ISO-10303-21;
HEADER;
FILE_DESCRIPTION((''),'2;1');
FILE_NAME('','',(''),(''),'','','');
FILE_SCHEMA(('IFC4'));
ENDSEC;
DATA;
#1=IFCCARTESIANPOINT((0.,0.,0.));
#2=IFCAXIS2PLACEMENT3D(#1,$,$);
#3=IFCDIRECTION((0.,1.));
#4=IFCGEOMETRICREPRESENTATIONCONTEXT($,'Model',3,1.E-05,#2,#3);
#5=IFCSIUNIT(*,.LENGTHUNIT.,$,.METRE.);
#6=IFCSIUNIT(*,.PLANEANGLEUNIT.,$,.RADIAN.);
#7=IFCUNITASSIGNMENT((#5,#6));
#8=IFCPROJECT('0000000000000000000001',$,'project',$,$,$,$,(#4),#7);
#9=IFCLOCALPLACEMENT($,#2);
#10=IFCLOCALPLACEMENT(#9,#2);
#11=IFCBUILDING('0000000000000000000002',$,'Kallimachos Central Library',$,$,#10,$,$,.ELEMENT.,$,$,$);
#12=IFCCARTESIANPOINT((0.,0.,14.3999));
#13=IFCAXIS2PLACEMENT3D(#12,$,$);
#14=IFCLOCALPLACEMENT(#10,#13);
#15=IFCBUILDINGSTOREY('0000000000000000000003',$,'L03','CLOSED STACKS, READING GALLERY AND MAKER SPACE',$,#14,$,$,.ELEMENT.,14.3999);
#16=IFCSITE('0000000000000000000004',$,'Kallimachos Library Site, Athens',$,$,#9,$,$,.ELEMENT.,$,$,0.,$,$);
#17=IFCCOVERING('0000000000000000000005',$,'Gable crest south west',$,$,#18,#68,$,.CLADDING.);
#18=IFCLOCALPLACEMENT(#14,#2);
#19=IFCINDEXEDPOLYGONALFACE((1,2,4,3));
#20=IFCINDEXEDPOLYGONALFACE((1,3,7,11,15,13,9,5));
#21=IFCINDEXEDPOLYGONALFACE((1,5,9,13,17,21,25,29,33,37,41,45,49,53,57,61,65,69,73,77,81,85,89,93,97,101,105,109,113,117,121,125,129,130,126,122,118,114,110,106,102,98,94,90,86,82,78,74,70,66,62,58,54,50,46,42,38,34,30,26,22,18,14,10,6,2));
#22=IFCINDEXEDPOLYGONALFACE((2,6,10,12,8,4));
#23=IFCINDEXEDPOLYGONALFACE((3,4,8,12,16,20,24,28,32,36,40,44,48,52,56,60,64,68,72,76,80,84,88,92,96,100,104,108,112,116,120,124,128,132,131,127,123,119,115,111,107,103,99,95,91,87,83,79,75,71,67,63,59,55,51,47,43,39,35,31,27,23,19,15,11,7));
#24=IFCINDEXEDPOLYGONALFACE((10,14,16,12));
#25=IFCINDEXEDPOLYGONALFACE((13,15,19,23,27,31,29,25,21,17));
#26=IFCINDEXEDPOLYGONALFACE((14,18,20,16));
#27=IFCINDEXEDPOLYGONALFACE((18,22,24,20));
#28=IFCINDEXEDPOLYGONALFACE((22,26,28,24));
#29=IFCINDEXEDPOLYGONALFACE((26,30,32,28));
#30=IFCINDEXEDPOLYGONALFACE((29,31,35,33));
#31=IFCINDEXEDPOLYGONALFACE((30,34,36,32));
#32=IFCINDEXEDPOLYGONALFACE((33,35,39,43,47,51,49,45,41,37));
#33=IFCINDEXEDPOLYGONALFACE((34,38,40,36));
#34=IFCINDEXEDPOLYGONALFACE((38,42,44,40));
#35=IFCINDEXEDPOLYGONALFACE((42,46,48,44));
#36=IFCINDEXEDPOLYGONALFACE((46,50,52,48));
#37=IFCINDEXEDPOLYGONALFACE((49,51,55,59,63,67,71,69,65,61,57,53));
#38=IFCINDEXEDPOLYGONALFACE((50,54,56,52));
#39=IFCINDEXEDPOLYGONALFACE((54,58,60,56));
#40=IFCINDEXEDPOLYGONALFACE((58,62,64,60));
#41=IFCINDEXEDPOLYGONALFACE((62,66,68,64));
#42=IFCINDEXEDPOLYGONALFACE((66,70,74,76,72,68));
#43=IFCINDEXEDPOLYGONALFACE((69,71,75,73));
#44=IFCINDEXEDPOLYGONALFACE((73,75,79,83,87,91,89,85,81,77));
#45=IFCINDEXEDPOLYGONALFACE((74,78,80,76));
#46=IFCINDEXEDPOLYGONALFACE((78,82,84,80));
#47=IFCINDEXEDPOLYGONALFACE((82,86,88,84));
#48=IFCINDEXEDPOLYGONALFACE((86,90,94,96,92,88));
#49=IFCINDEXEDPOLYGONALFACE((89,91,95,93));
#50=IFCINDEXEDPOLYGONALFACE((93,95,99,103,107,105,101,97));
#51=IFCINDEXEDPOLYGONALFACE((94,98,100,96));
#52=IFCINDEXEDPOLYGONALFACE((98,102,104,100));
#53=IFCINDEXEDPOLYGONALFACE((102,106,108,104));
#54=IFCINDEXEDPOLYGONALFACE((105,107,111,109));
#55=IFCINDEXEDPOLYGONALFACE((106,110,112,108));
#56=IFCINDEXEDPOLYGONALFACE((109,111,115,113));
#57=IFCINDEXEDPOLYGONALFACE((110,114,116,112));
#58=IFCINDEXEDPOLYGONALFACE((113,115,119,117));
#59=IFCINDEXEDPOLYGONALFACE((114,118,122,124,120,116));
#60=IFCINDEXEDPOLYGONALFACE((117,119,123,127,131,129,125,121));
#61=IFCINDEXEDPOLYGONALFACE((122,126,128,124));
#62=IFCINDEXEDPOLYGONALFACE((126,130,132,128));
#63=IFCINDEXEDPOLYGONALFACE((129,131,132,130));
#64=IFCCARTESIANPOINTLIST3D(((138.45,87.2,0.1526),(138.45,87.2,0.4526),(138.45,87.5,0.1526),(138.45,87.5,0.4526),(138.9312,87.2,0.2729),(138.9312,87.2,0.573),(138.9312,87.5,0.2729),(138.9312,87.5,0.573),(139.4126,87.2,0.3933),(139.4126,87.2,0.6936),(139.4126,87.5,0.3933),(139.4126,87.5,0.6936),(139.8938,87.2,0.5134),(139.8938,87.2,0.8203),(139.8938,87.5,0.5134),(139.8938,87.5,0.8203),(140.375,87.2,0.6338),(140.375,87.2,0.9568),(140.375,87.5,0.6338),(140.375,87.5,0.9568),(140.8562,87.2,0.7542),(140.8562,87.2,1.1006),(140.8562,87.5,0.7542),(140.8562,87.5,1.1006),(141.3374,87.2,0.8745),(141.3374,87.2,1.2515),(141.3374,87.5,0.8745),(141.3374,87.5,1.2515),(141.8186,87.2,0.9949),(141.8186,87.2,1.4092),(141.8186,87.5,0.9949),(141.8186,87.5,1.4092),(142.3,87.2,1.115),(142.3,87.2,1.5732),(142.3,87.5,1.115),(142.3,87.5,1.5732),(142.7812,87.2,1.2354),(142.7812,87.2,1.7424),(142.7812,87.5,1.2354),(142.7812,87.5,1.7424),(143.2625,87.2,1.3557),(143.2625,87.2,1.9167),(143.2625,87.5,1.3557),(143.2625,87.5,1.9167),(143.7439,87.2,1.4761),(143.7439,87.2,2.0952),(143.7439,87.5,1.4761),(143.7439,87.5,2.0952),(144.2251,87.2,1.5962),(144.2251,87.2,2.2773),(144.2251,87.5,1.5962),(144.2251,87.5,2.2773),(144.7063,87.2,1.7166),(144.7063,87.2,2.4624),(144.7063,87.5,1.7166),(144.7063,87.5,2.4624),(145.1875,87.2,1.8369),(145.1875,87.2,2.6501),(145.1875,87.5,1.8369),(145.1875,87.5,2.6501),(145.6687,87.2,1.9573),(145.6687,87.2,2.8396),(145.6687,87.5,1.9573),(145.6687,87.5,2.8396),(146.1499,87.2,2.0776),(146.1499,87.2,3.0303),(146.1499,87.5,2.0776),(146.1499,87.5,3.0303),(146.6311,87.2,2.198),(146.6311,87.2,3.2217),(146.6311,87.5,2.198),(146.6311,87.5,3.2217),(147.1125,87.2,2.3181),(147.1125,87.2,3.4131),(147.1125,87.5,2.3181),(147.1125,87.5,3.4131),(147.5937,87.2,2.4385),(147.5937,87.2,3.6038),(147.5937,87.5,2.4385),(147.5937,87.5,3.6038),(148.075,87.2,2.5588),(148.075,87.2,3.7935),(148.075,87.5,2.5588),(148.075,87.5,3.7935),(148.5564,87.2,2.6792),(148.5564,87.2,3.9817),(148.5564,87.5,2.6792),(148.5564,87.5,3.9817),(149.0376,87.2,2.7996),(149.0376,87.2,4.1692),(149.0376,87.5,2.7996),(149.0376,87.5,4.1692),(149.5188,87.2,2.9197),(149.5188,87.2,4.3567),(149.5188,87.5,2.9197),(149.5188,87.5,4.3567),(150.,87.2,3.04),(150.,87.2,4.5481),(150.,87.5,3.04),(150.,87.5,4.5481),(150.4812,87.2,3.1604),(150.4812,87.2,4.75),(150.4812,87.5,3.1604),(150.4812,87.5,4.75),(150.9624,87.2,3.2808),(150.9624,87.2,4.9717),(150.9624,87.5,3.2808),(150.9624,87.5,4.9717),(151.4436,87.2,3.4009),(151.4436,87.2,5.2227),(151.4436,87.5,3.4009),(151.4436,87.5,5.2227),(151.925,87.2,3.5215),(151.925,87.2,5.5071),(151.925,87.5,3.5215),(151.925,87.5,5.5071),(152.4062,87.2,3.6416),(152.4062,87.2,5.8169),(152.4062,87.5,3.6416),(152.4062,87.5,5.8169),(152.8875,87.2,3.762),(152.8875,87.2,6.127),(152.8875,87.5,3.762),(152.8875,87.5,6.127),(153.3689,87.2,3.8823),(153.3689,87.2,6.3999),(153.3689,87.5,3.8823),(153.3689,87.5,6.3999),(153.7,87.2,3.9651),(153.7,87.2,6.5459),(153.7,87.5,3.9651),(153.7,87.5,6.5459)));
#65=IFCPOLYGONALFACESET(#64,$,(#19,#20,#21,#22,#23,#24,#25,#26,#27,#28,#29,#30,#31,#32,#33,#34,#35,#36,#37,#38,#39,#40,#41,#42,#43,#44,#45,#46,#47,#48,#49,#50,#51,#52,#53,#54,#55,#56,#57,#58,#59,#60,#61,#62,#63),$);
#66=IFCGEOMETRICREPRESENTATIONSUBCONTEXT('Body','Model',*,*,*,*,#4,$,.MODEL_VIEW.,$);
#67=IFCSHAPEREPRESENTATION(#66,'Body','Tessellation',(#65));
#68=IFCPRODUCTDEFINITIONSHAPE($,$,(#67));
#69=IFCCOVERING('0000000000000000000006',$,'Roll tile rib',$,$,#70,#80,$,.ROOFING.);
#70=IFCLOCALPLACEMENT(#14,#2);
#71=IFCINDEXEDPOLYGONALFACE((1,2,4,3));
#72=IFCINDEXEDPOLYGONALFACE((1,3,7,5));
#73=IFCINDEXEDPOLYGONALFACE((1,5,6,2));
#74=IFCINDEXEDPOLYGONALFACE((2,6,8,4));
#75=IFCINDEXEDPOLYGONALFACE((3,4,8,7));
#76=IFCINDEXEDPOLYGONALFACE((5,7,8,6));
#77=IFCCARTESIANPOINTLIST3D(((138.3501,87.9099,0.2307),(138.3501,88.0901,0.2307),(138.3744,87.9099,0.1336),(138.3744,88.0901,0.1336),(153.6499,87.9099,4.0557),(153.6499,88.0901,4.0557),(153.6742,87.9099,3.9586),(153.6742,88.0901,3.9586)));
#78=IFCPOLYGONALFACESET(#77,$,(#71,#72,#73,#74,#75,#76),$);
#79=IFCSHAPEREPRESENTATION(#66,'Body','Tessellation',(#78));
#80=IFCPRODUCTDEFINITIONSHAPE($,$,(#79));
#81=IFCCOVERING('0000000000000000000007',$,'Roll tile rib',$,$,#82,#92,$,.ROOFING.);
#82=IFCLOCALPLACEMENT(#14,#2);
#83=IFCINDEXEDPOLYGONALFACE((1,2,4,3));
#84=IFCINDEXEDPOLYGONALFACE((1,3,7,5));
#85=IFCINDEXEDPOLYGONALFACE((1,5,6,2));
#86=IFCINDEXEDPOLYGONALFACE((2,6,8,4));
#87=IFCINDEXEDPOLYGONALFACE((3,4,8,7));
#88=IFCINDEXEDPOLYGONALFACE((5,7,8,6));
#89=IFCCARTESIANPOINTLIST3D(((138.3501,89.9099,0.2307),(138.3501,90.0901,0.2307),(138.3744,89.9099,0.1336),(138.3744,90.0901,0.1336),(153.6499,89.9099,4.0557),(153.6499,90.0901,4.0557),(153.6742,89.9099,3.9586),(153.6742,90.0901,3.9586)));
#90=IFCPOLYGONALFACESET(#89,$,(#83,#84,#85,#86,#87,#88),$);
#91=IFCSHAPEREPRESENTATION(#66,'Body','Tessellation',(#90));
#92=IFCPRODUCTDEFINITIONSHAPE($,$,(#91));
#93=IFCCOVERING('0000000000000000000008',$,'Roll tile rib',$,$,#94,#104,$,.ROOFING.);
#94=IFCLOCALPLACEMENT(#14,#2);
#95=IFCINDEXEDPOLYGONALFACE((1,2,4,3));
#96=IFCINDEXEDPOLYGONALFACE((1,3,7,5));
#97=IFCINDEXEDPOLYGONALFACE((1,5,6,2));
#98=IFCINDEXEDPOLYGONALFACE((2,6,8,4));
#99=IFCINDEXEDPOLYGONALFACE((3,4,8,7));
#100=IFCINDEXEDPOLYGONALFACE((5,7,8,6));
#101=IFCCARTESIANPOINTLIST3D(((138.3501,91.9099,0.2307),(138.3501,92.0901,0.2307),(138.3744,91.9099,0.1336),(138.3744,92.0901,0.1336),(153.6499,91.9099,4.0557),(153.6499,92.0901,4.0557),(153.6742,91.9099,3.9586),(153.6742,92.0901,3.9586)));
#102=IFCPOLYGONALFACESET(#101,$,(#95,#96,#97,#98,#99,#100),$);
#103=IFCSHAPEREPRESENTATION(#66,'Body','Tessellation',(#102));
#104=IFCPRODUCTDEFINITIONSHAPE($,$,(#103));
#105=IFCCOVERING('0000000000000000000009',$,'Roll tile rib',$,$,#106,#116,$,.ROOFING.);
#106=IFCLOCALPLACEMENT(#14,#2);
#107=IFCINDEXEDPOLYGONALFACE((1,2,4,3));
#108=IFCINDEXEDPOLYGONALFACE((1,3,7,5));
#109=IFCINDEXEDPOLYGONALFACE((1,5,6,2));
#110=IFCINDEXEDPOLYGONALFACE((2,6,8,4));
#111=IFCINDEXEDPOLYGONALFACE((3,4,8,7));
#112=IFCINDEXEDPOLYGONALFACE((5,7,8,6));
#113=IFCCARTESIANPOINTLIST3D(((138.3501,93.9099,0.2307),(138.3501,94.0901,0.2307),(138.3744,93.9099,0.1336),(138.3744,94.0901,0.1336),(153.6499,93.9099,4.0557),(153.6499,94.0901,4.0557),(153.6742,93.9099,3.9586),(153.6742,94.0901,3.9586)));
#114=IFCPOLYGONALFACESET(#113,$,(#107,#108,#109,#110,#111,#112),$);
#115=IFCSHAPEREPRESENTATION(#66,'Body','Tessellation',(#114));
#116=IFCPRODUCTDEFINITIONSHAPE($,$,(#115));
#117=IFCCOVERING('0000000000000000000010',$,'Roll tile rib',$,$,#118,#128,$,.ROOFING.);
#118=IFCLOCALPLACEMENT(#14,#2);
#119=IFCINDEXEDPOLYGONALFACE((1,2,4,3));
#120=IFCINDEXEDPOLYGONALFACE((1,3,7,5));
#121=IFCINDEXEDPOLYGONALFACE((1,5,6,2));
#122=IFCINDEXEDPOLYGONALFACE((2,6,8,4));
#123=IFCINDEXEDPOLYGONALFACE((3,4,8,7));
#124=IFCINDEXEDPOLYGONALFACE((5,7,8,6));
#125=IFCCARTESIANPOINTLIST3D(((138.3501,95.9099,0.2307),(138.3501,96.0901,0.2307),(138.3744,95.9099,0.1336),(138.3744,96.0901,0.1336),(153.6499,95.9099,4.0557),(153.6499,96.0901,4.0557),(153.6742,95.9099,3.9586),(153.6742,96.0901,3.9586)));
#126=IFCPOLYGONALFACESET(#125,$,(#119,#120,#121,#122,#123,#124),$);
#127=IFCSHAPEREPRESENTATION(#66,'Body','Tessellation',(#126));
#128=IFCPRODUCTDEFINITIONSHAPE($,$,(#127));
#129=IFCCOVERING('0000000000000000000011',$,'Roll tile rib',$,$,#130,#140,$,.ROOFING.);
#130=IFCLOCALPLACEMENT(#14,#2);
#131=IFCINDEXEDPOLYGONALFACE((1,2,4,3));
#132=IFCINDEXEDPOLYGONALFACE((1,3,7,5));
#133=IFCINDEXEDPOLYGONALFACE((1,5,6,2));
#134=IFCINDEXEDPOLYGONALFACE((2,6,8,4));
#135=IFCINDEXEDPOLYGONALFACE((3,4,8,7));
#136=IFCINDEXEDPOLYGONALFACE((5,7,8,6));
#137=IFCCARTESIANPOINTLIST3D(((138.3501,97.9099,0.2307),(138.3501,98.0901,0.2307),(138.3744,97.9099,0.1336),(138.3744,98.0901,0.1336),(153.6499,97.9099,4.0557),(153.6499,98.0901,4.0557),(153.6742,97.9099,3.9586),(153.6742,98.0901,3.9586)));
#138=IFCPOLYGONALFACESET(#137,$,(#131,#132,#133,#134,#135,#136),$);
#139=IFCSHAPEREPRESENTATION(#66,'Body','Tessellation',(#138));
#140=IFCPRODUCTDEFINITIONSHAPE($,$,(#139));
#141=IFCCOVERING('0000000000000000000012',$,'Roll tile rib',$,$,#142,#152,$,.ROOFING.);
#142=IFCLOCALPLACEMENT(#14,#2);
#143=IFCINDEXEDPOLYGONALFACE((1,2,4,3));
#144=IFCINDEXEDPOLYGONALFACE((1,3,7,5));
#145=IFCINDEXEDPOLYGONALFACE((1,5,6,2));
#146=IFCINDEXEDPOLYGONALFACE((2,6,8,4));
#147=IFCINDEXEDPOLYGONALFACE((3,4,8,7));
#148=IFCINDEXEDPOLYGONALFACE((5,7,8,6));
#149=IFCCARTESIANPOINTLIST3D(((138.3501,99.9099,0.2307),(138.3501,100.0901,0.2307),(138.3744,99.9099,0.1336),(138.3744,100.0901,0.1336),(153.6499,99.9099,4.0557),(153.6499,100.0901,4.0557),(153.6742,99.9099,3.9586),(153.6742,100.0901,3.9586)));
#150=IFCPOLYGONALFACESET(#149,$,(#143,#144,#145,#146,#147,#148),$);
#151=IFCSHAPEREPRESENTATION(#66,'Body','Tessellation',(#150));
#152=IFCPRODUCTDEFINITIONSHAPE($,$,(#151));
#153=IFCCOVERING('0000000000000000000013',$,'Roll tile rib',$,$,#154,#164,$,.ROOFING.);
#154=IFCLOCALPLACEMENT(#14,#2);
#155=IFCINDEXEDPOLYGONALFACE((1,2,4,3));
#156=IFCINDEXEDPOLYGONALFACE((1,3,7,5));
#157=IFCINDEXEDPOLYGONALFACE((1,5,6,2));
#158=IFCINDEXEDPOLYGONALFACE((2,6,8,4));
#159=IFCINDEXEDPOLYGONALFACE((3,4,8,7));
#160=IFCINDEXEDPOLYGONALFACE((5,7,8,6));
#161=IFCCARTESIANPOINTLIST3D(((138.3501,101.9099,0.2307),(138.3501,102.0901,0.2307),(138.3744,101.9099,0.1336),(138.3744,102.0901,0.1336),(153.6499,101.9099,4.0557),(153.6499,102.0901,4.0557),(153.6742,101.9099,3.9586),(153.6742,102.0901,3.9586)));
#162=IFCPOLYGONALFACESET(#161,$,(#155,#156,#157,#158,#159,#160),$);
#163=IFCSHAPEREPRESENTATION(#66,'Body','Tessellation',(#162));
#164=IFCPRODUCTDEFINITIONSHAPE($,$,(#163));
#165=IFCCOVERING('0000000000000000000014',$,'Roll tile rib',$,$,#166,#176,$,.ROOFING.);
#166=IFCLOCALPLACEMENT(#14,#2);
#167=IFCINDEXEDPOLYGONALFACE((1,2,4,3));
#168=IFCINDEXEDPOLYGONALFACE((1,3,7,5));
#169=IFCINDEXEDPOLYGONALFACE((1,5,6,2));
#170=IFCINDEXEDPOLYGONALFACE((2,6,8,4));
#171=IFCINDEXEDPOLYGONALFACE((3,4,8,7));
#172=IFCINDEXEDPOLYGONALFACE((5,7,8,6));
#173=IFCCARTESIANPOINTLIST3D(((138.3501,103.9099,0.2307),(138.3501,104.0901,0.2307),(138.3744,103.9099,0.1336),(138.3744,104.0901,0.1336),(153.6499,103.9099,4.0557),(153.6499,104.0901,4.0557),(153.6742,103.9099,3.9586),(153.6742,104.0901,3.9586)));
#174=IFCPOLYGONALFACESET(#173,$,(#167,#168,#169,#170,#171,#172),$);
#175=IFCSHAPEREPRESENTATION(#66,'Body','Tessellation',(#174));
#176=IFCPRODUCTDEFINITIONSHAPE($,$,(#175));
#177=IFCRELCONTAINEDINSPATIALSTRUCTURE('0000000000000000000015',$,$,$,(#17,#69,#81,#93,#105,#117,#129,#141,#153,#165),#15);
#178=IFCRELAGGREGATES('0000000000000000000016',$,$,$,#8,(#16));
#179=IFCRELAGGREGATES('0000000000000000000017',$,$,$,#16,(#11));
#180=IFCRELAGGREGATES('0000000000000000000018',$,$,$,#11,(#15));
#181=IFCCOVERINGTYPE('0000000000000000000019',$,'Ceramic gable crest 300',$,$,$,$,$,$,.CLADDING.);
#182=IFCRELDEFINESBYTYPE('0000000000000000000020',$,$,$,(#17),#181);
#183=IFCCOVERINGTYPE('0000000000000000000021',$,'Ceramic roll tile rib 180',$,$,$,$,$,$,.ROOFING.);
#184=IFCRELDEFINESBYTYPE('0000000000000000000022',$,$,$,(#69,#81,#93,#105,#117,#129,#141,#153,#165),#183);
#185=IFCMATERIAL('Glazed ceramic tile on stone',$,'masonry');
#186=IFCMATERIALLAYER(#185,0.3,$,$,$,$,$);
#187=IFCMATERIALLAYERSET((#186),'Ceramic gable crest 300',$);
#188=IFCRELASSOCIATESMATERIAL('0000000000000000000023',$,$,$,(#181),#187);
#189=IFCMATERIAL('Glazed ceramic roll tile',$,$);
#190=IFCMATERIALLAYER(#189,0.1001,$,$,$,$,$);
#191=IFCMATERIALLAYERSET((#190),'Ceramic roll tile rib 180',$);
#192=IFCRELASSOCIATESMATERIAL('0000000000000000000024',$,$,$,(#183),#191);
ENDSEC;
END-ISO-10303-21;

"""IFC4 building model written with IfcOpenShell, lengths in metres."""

from ifc_helpers import new_model, si_unit, direction, frame, origin, place, context, subcontext, project, spatial, polyline, outline, extrude, material, layer, layer_set, type_object, element, save


model = new_model("IFC4")

# Units and contexts
model_context = context("Model", 3, precision=1e-05, world=origin(), true_north=direction((0.0, 1.0)))
body_context = subcontext(model_context, "Body", "Model", "MODEL_VIEW")
ifc_project = project(units=[si_unit("LENGTHUNIT", "METRE"), si_unit("PLANEANGLEUNIT", "RADIAN")], contexts=[model_context])

# Site, building, storey
site_placement = place(None, origin())
site = spatial("IfcSite", under=ifc_project, at=site_placement, Name="Kallimachos Library Site, Athens", CompositionType="ELEMENT", RefElevation=0.0)
building_placement = place(site_placement, origin())
building = spatial("IfcBuilding", under=site, at=building_placement, Name="Kallimachos Central Library", CompositionType="ELEMENT")
storey_placement = place(building_placement, frame((0.0, 0.0, 14.3999)))
storey = spatial("IfcBuildingStorey", under=building, at=storey_placement, Name="L03", Description="CLOSED STACKS, READING GALLERY AND MAKER SPACE", CompositionType="ELEMENT", Elevation=14.3999)

# Coverings
ifc_material_1 = material(Name="Glazed ceramic tile on stone", Category="masonry")
ifc_layer_1 = layer(ifc_material_1, 0.3)
ifc_layer_set_1 = layer_set([ifc_layer_1], Name="Ceramic gable crest 300")
covering_type_1 = type_object("IfcCoveringType", Name="Ceramic gable crest 300", PredefinedType="CLADDING", material=ifc_layer_set_1)
covering_placement = place(storey_placement, frame((138.45, 87.2, 0.1526), z_axis=(0.0, -1.0, 0.0), x_axis=(0.970114, 0.0, 0.242651)))
element("IfcCovering", 1, at=covering_placement, inside=storey, type_object=covering_type_1, Name="Gable crest south west", PredefinedType="CLADDING", context=body_context, shape_type="SweptSolid", body=[
    extrude(outline(polyline([(0.0, 0.0), (0.496, 0.0), (0.9923, -0.0001), (1.4883, -0.0003), (1.9843, -0.0003), (2.4803, -0.0003), (2.9763, -0.0003), (3.4724, -0.0003), (3.9686, -0.0006), (4.4646, -0.0006), (4.9606, -0.0006), (5.4569, -0.0007), (5.9528, -0.0009), (6.4489, -0.0009), (6.9449, -0.0009), (7.4409, -0.0009), (7.9369, -0.0009), (8.433, -0.0009), (8.9292, -0.0012), (9.4252, -0.0012), (9.9212, -0.0012), (10.4175, -0.0012), (10.9135, -0.0012), (11.4095, -0.0015), (11.9055, -0.0015), (12.4015, -0.0015), (12.8976, -0.0015), (13.3935, -0.0017), (13.8898, -0.0015), (14.3858, -0.0018), (14.8818, -0.0018), (15.3781, -0.0018), (15.7193, -0.0019), (16.3456, 2.5018), (15.989, 2.4405), (15.4557, 2.2925), (14.9136, 2.1085), (14.3716, 1.9247), (13.8356, 1.7656), (13.3079, 1.6389), (12.7872, 1.5406), (12.2714, 1.4615), (11.7582, 1.3926), (11.2459, 1.3275), (10.7335, 1.2623), (10.2208, 1.1965), (9.708, 1.1293), (9.1949, 1.0611), (8.6814, 0.9922), (8.1681, 0.9233), (7.655, 0.8551), (7.1422, 0.788), (6.6298, 0.7227), (6.1181, 0.6599), (5.6071, 0.6), (5.0967, 0.5437), (4.5876, 0.4913), (4.0798, 0.444), (3.5729, 0.4016), (3.0678, 0.3654), (2.5644, 0.3358), (2.0627, 0.313), (1.5627, 0.2974), (1.0652, 0.2913), (0.5688, 0.2911), (0.0728, 0.2911), (0.0, 0.0)])), origin(), (0.0, 0.0, -1.0), 0.3),
])
ifc_material_2 = material(Name="Glazed ceramic roll tile")
ifc_layer_2 = layer(ifc_material_2, 0.1001)
ifc_layer_set_2 = layer_set([ifc_layer_2], Name="Ceramic roll tile rib 180")
covering_type_2 = type_object("IfcCoveringType", Name="Ceramic roll tile rib 180", PredefinedType="ROOFING", material=ifc_layer_set_2)
for number, where, z_axis, x_axis, name in (
    (2, (138.3501, 87.9099, 0.2307), (-0.242536, 0.0, 0.970143), (0.970143, 0.0, 0.242536), "Roll tile rib"),
    (3, (138.3501, 89.9099, 0.2307), (-0.242536, 0.0, 0.970143), (0.970143, 0.0, 0.242536), "Roll tile rib"),
    (4, (138.3501, 91.9099, 0.2307), (-0.242536, 0.0, 0.970143), (0.970143, 0.0, 0.242536), "Roll tile rib"),
    (5, (138.3501, 93.9099, 0.2307), (-0.242536, 0.0, 0.970143), (0.970143, 0.0, 0.242536), "Roll tile rib"),
    (6, (138.3501, 95.9099, 0.2307), (-0.242536, 0.0, 0.970143), (0.970143, 0.0, 0.242536), "Roll tile rib"),
    (7, (138.3501, 97.9099, 0.2307), (-0.242536, 0.0, 0.970143), (0.970143, 0.0, 0.242536), "Roll tile rib"),
    (8, (138.3501, 99.9099, 0.2307), (-0.242536, 0.0, 0.970143), (0.970143, 0.0, 0.242536), "Roll tile rib"),
    (9, (138.3501, 101.9099, 0.2307), (-0.242536, 0.0, 0.970143), (0.970143, 0.0, 0.242536), "Roll tile rib"),
    (10, (138.3501, 103.9099, 0.2307), (-0.242536, 0.0, 0.970143), (0.970143, 0.0, 0.242536), "Roll tile rib"),
):
    element("IfcCovering", number, at=place(storey_placement, frame(where, z_axis=z_axis, x_axis=x_axis)), inside=storey, type_object=covering_type_2, Name=name, PredefinedType="ROOFING", context=body_context, shape_type="SweptSolid", body=[
        extrude(outline(polyline([(0.0, 0.0), (15.7707, 0.0), (15.7707, 0.1802), (0.0, 0.1802), (0.0, 0.0)])), origin(), (0.0, 0.0, -1.0), 0.1001),
    ])

save(model, "model.ifc")
